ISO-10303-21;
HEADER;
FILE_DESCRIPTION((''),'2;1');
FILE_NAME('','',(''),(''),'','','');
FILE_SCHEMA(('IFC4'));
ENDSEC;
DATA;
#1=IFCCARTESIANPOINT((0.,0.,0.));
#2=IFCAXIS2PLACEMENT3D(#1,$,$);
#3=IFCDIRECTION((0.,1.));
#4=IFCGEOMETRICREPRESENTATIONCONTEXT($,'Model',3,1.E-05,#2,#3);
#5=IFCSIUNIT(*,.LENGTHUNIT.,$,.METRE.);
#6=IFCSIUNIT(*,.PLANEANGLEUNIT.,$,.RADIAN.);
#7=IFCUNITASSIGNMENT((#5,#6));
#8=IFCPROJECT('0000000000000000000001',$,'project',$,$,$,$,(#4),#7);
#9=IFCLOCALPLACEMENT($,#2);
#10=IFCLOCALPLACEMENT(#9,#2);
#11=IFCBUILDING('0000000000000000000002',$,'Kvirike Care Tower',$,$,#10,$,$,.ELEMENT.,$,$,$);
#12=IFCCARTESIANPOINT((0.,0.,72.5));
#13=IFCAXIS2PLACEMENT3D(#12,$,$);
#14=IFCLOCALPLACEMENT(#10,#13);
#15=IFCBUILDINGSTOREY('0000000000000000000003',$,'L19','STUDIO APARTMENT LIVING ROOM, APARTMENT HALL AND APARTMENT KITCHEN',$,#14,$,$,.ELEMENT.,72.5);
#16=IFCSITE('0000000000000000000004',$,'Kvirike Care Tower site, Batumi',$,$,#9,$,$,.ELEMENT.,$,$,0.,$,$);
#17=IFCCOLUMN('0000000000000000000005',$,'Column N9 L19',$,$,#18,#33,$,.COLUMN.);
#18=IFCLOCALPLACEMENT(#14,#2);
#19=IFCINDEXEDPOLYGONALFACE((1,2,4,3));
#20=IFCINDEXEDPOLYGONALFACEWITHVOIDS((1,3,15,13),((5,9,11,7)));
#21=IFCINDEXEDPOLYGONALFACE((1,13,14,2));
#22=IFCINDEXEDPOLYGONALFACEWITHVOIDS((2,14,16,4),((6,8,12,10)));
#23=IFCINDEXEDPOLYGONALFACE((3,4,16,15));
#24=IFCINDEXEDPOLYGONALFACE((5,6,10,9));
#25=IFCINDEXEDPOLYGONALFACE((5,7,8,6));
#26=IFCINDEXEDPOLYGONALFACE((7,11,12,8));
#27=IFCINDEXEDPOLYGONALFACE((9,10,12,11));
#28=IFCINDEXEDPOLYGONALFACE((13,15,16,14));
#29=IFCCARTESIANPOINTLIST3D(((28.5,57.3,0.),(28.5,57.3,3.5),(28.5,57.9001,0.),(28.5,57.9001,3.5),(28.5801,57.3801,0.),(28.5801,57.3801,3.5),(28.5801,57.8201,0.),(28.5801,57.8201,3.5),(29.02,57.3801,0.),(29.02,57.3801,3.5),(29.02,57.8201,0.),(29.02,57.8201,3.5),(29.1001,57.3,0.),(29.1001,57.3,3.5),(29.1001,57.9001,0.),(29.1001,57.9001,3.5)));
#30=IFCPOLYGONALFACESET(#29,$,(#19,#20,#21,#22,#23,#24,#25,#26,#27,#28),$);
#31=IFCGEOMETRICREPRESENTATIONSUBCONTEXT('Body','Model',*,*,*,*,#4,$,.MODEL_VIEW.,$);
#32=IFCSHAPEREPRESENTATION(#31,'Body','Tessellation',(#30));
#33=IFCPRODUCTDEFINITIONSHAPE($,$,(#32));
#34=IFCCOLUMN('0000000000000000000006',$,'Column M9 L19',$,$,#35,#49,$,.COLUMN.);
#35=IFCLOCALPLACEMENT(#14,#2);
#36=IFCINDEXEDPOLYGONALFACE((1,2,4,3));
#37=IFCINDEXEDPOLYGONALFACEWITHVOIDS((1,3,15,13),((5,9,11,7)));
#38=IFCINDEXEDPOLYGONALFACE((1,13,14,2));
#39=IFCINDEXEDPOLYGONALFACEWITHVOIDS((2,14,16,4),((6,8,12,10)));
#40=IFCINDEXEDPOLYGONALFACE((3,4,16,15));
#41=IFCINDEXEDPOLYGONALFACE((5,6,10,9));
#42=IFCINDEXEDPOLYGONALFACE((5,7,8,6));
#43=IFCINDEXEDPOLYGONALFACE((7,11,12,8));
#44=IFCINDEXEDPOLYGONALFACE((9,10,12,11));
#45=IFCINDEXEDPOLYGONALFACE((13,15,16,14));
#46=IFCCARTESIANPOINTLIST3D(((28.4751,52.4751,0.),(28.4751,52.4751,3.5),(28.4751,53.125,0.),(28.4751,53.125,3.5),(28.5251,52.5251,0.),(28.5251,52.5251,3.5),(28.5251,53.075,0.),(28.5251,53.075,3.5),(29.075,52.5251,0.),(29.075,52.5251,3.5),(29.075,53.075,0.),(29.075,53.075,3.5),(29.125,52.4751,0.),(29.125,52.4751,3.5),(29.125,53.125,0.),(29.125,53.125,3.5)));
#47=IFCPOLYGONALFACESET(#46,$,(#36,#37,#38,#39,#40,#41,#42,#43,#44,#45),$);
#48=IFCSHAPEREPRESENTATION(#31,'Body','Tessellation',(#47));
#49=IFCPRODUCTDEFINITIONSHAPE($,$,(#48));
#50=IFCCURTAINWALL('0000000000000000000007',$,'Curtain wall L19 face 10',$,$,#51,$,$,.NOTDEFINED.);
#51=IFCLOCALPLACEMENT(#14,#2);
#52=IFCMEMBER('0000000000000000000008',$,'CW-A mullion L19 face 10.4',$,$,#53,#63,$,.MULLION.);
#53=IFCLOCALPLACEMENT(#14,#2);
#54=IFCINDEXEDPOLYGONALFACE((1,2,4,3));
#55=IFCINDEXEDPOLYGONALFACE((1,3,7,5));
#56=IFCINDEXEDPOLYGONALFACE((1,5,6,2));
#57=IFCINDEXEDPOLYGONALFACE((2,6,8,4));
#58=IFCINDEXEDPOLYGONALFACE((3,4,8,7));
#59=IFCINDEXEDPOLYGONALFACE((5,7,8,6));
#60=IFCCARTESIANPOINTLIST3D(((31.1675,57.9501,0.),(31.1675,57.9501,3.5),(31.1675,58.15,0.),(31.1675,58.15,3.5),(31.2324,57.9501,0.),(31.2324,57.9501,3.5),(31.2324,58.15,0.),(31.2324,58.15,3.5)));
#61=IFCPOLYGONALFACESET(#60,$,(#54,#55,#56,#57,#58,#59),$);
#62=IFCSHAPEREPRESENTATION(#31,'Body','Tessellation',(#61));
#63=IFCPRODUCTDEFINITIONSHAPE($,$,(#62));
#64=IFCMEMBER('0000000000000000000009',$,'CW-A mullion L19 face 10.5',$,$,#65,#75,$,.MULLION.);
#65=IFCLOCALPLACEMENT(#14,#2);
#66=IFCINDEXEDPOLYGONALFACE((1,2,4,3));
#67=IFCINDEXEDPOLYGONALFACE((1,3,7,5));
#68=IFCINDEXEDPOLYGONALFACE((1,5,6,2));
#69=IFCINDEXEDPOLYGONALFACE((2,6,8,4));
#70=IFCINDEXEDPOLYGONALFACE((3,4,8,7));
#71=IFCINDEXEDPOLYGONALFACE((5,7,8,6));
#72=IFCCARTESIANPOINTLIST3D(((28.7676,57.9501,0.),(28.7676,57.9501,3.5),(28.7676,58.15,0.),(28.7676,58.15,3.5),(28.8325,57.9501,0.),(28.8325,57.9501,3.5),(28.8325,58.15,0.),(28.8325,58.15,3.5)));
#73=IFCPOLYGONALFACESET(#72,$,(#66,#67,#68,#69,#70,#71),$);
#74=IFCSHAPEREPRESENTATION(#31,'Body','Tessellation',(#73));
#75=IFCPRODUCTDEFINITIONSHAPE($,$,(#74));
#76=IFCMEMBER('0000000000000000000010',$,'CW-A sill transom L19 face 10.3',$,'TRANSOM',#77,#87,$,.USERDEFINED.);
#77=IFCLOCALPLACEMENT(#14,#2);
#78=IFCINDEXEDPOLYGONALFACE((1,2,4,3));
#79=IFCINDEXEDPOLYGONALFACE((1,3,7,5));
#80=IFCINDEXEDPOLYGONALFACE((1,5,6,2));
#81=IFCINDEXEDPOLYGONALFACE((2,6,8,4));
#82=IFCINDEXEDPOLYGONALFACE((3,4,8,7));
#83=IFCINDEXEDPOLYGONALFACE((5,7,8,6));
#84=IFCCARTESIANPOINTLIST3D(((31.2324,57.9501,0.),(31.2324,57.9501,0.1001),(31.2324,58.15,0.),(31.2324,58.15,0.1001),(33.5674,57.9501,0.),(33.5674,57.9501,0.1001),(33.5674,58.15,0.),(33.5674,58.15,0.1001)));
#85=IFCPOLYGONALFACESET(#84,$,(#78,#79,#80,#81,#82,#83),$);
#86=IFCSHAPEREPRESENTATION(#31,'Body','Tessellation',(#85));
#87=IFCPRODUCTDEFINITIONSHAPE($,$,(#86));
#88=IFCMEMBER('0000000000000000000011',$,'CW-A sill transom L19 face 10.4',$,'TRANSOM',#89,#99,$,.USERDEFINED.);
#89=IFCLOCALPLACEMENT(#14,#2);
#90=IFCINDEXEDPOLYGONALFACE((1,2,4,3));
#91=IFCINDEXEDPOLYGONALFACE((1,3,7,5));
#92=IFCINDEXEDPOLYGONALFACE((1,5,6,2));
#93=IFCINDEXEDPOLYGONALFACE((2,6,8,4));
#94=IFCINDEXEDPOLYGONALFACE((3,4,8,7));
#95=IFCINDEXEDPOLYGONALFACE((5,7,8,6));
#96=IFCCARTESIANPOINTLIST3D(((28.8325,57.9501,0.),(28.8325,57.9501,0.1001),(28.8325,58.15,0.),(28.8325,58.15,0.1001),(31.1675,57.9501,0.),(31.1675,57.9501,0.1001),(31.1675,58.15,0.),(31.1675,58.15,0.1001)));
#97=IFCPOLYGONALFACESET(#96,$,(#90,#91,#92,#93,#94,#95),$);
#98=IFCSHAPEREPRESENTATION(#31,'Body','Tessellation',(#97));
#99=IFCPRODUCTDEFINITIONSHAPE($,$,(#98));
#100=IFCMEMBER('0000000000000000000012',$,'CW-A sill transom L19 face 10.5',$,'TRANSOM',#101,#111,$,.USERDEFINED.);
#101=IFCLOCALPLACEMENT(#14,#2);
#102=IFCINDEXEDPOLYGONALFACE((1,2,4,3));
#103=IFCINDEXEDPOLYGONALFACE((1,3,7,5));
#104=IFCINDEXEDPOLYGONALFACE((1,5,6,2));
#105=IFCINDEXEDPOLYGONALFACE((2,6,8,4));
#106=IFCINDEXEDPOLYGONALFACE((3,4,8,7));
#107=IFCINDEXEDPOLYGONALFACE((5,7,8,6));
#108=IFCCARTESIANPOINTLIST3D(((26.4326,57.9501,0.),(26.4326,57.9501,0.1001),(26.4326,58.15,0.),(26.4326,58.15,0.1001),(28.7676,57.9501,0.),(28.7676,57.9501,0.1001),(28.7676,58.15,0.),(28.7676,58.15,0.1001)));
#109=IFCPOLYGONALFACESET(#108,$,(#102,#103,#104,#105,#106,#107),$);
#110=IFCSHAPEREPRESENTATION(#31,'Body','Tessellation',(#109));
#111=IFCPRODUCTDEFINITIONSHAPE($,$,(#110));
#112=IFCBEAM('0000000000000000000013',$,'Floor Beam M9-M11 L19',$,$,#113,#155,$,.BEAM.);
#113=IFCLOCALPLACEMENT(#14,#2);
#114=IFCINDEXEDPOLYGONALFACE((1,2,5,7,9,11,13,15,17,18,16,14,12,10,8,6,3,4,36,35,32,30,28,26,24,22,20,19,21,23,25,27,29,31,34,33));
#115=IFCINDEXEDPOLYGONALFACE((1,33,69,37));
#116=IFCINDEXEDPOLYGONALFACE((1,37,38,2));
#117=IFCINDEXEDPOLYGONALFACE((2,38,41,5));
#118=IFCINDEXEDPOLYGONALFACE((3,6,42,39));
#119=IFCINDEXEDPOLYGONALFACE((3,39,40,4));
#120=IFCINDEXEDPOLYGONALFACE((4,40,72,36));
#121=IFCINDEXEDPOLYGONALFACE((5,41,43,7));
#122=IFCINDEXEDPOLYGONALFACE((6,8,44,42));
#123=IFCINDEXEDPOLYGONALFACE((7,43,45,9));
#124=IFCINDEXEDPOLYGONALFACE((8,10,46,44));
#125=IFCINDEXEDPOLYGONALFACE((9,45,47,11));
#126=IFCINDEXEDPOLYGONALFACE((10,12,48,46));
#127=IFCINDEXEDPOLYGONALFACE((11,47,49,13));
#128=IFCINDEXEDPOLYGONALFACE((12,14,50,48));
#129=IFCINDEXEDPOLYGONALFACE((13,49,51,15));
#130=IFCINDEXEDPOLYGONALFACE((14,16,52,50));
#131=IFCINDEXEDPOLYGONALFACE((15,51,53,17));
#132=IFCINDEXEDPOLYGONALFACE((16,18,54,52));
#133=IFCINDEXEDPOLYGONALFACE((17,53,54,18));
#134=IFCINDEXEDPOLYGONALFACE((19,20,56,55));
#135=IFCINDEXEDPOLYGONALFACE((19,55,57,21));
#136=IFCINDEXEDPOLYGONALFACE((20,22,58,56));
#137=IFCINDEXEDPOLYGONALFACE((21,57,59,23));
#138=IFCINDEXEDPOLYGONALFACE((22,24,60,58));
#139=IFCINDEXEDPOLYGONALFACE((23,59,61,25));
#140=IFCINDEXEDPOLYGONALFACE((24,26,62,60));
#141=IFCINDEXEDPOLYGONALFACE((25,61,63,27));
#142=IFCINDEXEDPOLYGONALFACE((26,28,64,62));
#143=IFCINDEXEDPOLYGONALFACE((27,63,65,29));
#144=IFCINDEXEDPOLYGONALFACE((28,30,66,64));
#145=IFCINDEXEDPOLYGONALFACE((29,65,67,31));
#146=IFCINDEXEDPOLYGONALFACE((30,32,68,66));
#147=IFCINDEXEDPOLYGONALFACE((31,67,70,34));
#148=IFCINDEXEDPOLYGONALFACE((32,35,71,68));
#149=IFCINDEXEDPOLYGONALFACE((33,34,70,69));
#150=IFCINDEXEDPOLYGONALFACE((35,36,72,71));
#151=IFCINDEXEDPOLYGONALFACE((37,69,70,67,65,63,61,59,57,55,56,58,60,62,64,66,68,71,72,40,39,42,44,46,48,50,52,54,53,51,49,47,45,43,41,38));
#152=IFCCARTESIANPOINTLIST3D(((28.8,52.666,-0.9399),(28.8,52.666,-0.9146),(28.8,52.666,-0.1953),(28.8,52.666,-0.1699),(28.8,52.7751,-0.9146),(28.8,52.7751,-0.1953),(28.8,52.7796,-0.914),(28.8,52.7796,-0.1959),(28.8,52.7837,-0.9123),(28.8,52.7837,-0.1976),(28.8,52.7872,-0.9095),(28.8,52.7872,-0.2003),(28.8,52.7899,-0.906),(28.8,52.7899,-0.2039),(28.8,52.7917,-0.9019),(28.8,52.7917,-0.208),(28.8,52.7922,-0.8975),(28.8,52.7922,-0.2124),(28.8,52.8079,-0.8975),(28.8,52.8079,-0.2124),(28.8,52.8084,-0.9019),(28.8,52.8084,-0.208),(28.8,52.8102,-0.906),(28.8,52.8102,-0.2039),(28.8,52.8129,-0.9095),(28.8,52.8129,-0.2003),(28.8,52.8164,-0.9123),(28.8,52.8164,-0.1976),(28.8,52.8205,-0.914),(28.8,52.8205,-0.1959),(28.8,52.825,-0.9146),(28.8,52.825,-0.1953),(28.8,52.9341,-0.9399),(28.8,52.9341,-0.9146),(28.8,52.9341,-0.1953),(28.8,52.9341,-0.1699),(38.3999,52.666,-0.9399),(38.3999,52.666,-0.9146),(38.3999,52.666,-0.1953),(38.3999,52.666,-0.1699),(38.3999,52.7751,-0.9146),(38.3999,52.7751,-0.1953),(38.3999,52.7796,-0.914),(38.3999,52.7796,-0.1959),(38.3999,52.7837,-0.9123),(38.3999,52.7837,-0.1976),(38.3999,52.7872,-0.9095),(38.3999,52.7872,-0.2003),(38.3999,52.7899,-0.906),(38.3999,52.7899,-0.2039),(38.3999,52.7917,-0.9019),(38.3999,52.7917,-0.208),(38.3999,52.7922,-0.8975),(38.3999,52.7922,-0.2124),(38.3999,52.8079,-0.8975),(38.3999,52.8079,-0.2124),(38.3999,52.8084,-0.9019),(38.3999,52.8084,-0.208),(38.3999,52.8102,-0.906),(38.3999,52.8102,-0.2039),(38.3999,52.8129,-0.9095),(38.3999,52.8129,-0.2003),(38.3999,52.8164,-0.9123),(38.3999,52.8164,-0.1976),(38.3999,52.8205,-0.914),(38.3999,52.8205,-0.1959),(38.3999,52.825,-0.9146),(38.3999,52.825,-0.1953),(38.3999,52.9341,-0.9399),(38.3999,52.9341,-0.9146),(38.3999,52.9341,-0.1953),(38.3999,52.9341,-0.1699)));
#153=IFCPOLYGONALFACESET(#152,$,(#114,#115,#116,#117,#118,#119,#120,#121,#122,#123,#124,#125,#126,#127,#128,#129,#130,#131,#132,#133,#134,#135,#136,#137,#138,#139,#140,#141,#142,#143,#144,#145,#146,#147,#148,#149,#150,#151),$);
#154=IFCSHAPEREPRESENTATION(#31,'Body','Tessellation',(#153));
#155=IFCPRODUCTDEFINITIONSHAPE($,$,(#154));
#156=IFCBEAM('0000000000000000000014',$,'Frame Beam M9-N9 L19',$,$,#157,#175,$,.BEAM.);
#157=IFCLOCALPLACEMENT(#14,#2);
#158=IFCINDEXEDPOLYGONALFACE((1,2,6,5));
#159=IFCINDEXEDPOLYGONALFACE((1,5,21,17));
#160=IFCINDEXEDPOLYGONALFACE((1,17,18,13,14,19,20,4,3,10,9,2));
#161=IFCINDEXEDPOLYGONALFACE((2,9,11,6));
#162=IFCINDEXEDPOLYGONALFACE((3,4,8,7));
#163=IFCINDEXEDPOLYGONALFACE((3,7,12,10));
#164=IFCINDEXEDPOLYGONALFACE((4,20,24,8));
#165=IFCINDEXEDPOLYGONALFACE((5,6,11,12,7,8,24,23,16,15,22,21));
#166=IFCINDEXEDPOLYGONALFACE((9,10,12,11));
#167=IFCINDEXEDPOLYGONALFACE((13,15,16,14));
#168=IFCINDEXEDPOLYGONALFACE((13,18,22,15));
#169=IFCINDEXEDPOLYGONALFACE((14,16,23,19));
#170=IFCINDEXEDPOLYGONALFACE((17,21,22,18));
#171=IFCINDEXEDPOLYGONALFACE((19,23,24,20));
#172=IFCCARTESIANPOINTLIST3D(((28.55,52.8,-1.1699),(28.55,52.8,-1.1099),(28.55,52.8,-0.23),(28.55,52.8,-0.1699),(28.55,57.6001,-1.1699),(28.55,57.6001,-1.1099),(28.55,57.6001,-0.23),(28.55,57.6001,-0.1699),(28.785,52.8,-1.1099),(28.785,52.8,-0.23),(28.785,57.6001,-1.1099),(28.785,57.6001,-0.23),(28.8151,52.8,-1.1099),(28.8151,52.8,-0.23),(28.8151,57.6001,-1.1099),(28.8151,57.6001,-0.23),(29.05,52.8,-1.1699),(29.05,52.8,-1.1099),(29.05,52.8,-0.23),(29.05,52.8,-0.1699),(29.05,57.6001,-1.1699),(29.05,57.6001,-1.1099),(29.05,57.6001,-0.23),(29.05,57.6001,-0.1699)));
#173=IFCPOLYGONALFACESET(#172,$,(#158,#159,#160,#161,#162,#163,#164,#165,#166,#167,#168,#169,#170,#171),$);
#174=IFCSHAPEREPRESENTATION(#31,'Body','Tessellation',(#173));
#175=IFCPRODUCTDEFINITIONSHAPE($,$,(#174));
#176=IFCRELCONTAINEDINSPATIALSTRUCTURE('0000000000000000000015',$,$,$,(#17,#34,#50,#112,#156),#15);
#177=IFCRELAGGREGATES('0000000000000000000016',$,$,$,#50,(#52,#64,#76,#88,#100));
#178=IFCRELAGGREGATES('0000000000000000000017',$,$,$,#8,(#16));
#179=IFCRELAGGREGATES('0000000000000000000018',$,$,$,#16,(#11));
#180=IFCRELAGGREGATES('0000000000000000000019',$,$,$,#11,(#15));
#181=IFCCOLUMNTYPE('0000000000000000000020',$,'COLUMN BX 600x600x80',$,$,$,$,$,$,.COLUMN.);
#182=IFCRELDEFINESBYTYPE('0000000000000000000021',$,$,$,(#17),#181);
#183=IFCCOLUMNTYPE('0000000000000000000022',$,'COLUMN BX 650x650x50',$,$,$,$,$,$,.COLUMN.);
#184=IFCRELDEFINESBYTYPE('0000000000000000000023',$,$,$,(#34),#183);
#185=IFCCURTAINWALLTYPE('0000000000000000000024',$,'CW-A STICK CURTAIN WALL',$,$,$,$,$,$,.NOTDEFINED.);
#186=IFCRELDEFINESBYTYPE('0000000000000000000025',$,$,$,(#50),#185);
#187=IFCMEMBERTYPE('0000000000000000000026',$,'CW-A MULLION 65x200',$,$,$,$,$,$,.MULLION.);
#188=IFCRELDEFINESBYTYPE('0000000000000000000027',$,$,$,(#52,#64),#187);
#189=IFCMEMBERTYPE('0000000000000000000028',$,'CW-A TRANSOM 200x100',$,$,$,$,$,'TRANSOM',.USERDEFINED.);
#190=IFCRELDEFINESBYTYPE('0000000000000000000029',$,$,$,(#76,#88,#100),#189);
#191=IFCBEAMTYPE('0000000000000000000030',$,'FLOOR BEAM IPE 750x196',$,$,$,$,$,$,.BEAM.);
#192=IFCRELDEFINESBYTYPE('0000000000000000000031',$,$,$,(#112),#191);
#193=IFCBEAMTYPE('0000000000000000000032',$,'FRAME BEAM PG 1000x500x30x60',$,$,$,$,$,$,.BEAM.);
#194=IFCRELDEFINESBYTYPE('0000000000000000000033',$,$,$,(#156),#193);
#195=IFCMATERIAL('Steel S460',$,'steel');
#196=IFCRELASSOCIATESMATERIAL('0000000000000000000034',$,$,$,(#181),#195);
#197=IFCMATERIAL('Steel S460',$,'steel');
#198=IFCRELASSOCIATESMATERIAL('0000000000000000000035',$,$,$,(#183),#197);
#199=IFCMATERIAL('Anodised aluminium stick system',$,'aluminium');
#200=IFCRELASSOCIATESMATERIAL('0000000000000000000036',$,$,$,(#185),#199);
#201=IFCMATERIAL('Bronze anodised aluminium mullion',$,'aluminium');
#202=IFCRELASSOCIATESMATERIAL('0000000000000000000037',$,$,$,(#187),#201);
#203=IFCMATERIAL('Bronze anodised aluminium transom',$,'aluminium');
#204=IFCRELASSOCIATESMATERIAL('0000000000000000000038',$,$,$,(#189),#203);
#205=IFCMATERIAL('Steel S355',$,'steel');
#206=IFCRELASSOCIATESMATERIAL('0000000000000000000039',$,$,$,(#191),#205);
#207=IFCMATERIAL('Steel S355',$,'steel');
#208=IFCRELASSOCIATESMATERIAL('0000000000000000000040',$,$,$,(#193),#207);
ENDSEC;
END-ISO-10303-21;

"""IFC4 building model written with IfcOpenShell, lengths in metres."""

from ifc_helpers import new_model, si_unit, direction, frame, origin, origin_2d, place, context, subcontext, project, spatial, rectangle, hollow_rectangle, i_section, extrude, material, material_profile, profile_set, type_object, element, aggregate, save


model = new_model("IFC4")

# Units and contexts
model_context = context("Model", 3, precision=1e-05, world=origin(), true_north=direction((0.0, 1.0)))
body_context = subcontext(model_context, "Body", "Model", "MODEL_VIEW")
ifc_project = project(units=[si_unit("LENGTHUNIT", "METRE"), si_unit("PLANEANGLEUNIT", "RADIAN")], contexts=[model_context])

# Site, building, storey
site_placement = place(None, origin())
site = spatial("IfcSite", under=ifc_project, at=site_placement, Name="Kvirike Care Tower site, Batumi", CompositionType="ELEMENT", RefElevation=0.0)
building_placement = place(site_placement, origin())
building = spatial("IfcBuilding", under=site, at=building_placement, Name="Kvirike Care Tower", CompositionType="ELEMENT")
storey_placement = place(building_placement, frame((0.0, 0.0, 72.5)))
storey = spatial("IfcBuildingStorey", under=building, at=storey_placement, Name="L19", Description="STUDIO APARTMENT LIVING ROOM, APARTMENT HALL AND APARTMENT KITCHEN", CompositionType="ELEMENT", Elevation=72.5)

# Columns
ifc_material_1 = material(Name="Steel S460", Category="steel")
ifc_material_profile_1 = material_profile(ifc_material_1, hollow_rectangle(XDim=0.6001, YDim=0.6001, WallThickness=0.0801, at=origin_2d()), Name="BX 600x600x80")
ifc_profile_set_1 = profile_set([ifc_material_profile_1], Name="Steel S460")
column_type_1 = type_object("IfcColumnType", Name="COLUMN BX 600x600x80", PredefinedType="COLUMN", material=ifc_profile_set_1)
column_1_placement = place(storey_placement, frame((28.8, 57.6001, 0.0), z_axis=(0.0, 0.0, 1.0), x_axis=(0.0, 1.0, 0.0)))
element("IfcColumn", 1, at=column_1_placement, inside=storey, type_object=column_type_1, Name="Column N9 L19", PredefinedType="COLUMN", context=body_context, shape_type="SweptSolid", body=[
    extrude(hollow_rectangle(XDim=0.6001, YDim=0.6001, WallThickness=0.0801, at=origin_2d()), origin(), (0.0, 0.0, 1.0), 3.5),
])
ifc_material_2 = material(Name="Steel S460", Category="steel")
ifc_material_profile_2 = material_profile(ifc_material_2, hollow_rectangle(XDim=0.6499, YDim=0.6499, WallThickness=0.05, at=origin_2d()), Name="BX 650x650x50")
ifc_profile_set_2 = profile_set([ifc_material_profile_2], Name="Steel S460")
column_type_2 = type_object("IfcColumnType", Name="COLUMN BX 650x650x50", PredefinedType="COLUMN", material=ifc_profile_set_2)
column_2_placement = place(storey_placement, frame((28.8, 52.8, 0.0), z_axis=(0.0, 0.0, 1.0), x_axis=(1.0, 0.0, 0.0)))
element("IfcColumn", 2, at=column_2_placement, inside=storey, type_object=column_type_2, Name="Column M9 L19", PredefinedType="COLUMN", context=body_context, shape_type="SweptSolid", body=[
    extrude(hollow_rectangle(XDim=0.6499, YDim=0.6499, WallThickness=0.05, at=origin_2d()), origin(), (0.0, 0.0, 1.0), 3.5),
])

# Curtain wall, members
ifc_material_3 = material(Name="Anodised aluminium stick system", Category="aluminium")
curtain_wall_type = type_object("IfcCurtainWallType", Name="CW-A STICK CURTAIN WALL", PredefinedType="NOTDEFINED", material=ifc_material_3)
curtain_wall_placement = place(storey_placement, origin())
curtain_wall = element("IfcCurtainWall", 3, at=curtain_wall_placement, inside=storey, type_object=curtain_wall_type, Name="Curtain wall L19 face 10", PredefinedType="NOTDEFINED")
ifc_material_4 = material(Name="Bronze anodised aluminium mullion", Category="aluminium")
ifc_material_profile_3 = material_profile(ifc_material_4, rectangle(XDim=0.0649, YDim=0.2, at=origin_2d()), Name="CW-A MULLION 65x200")
ifc_profile_set_3 = profile_set([ifc_material_profile_3], Name="Bronze anodised aluminium mullion")
member_type_1 = type_object("IfcMemberType", Name="CW-A MULLION 65x200", PredefinedType="MULLION", material=ifc_profile_set_3)
member_1_placement = place(storey_placement, frame((31.2, 58.05, 0.0), z_axis=(0.0, 0.0, 1.0), x_axis=(-1.0, 0.0, 0.0)))
member_1 = element("IfcMember", 4, at=member_1_placement, type_object=member_type_1, Name="CW-A mullion L19 face 10.4", PredefinedType="MULLION", context=body_context, shape_type="SweptSolid", body=[
    extrude(rectangle(XDim=0.0649, YDim=0.2, at=origin_2d()), origin(), (0.0, 0.0, 1.0), 3.5),
])
member_2_placement = place(storey_placement, frame((28.8, 58.05, 0.0), z_axis=(0.0, 0.0, 1.0), x_axis=(-1.0, 0.0, 0.0)))
member_2 = element("IfcMember", 5, at=member_2_placement, type_object=member_type_1, Name="CW-A mullion L19 face 10.5", PredefinedType="MULLION", context=body_context, shape_type="SweptSolid", body=[
    extrude(rectangle(XDim=0.0649, YDim=0.2, at=origin_2d()), origin(), (0.0, 0.0, 1.0), 3.5),
])
ifc_material_5 = material(Name="Bronze anodised aluminium transom", Category="aluminium")
ifc_material_profile_4 = material_profile(ifc_material_5, rectangle(XDim=0.2, YDim=0.1001, at=origin_2d()), Name="CW-A TRANSOM 200x100")
ifc_profile_set_4 = profile_set([ifc_material_profile_4], Name="Bronze anodised aluminium transom")
member_type_2 = type_object("IfcMemberType", Name="CW-A TRANSOM 200x100", ElementType="TRANSOM", PredefinedType="USERDEFINED", material=ifc_profile_set_4)
member_3_placement = place(storey_placement, frame((33.5674, 58.05, 0.05), z_axis=(-1.0, 0.0, 0.0), x_axis=(0.0, -1.0, 0.0)))
member_3 = element("IfcMember", 6, at=member_3_placement, type_object=member_type_2, Name="CW-A sill transom L19 face 10.3", ObjectType="TRANSOM", PredefinedType="USERDEFINED", context=body_context, shape_type="SweptSolid", body=[
    extrude(rectangle(XDim=0.2, YDim=0.1001, at=origin_2d()), origin(), (0.0, 0.0, 1.0), 2.335),
])
member_4_placement = place(storey_placement, frame((31.1675, 58.05, 0.05), z_axis=(-1.0, 0.0, 0.0), x_axis=(0.0, -1.0, 0.0)))
member_4 = element("IfcMember", 7, at=member_4_placement, type_object=member_type_2, Name="CW-A sill transom L19 face 10.4", ObjectType="TRANSOM", PredefinedType="USERDEFINED", context=body_context, shape_type="SweptSolid", body=[
    extrude(rectangle(XDim=0.2, YDim=0.1001, at=origin_2d()), origin(), (0.0, 0.0, 1.0), 2.335),
])
member_5_placement = place(storey_placement, frame((28.7676, 58.05, 0.05), z_axis=(-1.0, 0.0, 0.0), x_axis=(0.0, -1.0, 0.0)))
member_5 = element("IfcMember", 8, at=member_5_placement, type_object=member_type_2, Name="CW-A sill transom L19 face 10.5", ObjectType="TRANSOM", PredefinedType="USERDEFINED", context=body_context, shape_type="SweptSolid", body=[
    extrude(rectangle(XDim=0.2, YDim=0.1001, at=origin_2d()), origin(), (0.0, 0.0, 1.0), 2.335),
])

# Beams
ifc_material_6 = material(Name="Steel S355", Category="steel")
ifc_material_profile_5 = material_profile(ifc_material_6, i_section(OverallWidth=0.2681, OverallDepth=0.77, WebThickness=0.0156, FlangeThickness=0.0254, FilletRadius=0.0171, at=origin_2d()), Name="IPE 750x196")
ifc_profile_set_5 = profile_set([ifc_material_profile_5], Name="Steel S355")
beam_type_1 = type_object("IfcBeamType", Name="FLOOR BEAM IPE 750x196", PredefinedType="BEAM", material=ifc_profile_set_5)
beam_1_placement = place(storey_placement, frame((28.8, 52.8, -0.5549), z_axis=(1.0, 0.0, 0.0), x_axis=(0.0, 1.0, 0.0)))
element("IfcBeam", 9, at=beam_1_placement, inside=storey, type_object=beam_type_1, Name="Floor Beam M9-M11 L19", PredefinedType="BEAM", context=body_context, shape_type="SweptSolid", body=[
    extrude(i_section(OverallWidth=0.2681, OverallDepth=0.77, WebThickness=0.0156, FlangeThickness=0.0254, FilletRadius=0.0171, at=origin_2d()), origin(), (0.0, 0.0, 1.0), 9.5999),
])
ifc_material_7 = material(Name="Steel S355", Category="steel")
ifc_material_profile_6 = material_profile(ifc_material_7, i_section(OverallWidth=0.5, OverallDepth=1.0, WebThickness=0.03, FlangeThickness=0.0601, at=origin_2d()), Name="PG 1000x500x30x60")
ifc_profile_set_6 = profile_set([ifc_material_profile_6], Name="Steel S355")
beam_type_2 = type_object("IfcBeamType", Name="FRAME BEAM PG 1000x500x30x60", PredefinedType="BEAM", material=ifc_profile_set_6)
beam_2_placement = place(storey_placement, frame((28.8, 52.8, -0.6699), z_axis=(0.0, 1.0, 0.0), x_axis=(-1.0, 0.0, 0.0)))
element("IfcBeam", 10, at=beam_2_placement, inside=storey, type_object=beam_type_2, Name="Frame Beam M9-N9 L19", PredefinedType="BEAM", context=body_context, shape_type="SweptSolid", body=[
    extrude(i_section(OverallWidth=0.5, OverallDepth=1.0, WebThickness=0.03, FlangeThickness=0.0601, at=origin_2d()), origin(), (0.0, 0.0, 1.0), 4.8),
])

aggregate(curtain_wall, [member_1, member_2, member_3, member_4, member_5])

save(model, "model.ifc")
